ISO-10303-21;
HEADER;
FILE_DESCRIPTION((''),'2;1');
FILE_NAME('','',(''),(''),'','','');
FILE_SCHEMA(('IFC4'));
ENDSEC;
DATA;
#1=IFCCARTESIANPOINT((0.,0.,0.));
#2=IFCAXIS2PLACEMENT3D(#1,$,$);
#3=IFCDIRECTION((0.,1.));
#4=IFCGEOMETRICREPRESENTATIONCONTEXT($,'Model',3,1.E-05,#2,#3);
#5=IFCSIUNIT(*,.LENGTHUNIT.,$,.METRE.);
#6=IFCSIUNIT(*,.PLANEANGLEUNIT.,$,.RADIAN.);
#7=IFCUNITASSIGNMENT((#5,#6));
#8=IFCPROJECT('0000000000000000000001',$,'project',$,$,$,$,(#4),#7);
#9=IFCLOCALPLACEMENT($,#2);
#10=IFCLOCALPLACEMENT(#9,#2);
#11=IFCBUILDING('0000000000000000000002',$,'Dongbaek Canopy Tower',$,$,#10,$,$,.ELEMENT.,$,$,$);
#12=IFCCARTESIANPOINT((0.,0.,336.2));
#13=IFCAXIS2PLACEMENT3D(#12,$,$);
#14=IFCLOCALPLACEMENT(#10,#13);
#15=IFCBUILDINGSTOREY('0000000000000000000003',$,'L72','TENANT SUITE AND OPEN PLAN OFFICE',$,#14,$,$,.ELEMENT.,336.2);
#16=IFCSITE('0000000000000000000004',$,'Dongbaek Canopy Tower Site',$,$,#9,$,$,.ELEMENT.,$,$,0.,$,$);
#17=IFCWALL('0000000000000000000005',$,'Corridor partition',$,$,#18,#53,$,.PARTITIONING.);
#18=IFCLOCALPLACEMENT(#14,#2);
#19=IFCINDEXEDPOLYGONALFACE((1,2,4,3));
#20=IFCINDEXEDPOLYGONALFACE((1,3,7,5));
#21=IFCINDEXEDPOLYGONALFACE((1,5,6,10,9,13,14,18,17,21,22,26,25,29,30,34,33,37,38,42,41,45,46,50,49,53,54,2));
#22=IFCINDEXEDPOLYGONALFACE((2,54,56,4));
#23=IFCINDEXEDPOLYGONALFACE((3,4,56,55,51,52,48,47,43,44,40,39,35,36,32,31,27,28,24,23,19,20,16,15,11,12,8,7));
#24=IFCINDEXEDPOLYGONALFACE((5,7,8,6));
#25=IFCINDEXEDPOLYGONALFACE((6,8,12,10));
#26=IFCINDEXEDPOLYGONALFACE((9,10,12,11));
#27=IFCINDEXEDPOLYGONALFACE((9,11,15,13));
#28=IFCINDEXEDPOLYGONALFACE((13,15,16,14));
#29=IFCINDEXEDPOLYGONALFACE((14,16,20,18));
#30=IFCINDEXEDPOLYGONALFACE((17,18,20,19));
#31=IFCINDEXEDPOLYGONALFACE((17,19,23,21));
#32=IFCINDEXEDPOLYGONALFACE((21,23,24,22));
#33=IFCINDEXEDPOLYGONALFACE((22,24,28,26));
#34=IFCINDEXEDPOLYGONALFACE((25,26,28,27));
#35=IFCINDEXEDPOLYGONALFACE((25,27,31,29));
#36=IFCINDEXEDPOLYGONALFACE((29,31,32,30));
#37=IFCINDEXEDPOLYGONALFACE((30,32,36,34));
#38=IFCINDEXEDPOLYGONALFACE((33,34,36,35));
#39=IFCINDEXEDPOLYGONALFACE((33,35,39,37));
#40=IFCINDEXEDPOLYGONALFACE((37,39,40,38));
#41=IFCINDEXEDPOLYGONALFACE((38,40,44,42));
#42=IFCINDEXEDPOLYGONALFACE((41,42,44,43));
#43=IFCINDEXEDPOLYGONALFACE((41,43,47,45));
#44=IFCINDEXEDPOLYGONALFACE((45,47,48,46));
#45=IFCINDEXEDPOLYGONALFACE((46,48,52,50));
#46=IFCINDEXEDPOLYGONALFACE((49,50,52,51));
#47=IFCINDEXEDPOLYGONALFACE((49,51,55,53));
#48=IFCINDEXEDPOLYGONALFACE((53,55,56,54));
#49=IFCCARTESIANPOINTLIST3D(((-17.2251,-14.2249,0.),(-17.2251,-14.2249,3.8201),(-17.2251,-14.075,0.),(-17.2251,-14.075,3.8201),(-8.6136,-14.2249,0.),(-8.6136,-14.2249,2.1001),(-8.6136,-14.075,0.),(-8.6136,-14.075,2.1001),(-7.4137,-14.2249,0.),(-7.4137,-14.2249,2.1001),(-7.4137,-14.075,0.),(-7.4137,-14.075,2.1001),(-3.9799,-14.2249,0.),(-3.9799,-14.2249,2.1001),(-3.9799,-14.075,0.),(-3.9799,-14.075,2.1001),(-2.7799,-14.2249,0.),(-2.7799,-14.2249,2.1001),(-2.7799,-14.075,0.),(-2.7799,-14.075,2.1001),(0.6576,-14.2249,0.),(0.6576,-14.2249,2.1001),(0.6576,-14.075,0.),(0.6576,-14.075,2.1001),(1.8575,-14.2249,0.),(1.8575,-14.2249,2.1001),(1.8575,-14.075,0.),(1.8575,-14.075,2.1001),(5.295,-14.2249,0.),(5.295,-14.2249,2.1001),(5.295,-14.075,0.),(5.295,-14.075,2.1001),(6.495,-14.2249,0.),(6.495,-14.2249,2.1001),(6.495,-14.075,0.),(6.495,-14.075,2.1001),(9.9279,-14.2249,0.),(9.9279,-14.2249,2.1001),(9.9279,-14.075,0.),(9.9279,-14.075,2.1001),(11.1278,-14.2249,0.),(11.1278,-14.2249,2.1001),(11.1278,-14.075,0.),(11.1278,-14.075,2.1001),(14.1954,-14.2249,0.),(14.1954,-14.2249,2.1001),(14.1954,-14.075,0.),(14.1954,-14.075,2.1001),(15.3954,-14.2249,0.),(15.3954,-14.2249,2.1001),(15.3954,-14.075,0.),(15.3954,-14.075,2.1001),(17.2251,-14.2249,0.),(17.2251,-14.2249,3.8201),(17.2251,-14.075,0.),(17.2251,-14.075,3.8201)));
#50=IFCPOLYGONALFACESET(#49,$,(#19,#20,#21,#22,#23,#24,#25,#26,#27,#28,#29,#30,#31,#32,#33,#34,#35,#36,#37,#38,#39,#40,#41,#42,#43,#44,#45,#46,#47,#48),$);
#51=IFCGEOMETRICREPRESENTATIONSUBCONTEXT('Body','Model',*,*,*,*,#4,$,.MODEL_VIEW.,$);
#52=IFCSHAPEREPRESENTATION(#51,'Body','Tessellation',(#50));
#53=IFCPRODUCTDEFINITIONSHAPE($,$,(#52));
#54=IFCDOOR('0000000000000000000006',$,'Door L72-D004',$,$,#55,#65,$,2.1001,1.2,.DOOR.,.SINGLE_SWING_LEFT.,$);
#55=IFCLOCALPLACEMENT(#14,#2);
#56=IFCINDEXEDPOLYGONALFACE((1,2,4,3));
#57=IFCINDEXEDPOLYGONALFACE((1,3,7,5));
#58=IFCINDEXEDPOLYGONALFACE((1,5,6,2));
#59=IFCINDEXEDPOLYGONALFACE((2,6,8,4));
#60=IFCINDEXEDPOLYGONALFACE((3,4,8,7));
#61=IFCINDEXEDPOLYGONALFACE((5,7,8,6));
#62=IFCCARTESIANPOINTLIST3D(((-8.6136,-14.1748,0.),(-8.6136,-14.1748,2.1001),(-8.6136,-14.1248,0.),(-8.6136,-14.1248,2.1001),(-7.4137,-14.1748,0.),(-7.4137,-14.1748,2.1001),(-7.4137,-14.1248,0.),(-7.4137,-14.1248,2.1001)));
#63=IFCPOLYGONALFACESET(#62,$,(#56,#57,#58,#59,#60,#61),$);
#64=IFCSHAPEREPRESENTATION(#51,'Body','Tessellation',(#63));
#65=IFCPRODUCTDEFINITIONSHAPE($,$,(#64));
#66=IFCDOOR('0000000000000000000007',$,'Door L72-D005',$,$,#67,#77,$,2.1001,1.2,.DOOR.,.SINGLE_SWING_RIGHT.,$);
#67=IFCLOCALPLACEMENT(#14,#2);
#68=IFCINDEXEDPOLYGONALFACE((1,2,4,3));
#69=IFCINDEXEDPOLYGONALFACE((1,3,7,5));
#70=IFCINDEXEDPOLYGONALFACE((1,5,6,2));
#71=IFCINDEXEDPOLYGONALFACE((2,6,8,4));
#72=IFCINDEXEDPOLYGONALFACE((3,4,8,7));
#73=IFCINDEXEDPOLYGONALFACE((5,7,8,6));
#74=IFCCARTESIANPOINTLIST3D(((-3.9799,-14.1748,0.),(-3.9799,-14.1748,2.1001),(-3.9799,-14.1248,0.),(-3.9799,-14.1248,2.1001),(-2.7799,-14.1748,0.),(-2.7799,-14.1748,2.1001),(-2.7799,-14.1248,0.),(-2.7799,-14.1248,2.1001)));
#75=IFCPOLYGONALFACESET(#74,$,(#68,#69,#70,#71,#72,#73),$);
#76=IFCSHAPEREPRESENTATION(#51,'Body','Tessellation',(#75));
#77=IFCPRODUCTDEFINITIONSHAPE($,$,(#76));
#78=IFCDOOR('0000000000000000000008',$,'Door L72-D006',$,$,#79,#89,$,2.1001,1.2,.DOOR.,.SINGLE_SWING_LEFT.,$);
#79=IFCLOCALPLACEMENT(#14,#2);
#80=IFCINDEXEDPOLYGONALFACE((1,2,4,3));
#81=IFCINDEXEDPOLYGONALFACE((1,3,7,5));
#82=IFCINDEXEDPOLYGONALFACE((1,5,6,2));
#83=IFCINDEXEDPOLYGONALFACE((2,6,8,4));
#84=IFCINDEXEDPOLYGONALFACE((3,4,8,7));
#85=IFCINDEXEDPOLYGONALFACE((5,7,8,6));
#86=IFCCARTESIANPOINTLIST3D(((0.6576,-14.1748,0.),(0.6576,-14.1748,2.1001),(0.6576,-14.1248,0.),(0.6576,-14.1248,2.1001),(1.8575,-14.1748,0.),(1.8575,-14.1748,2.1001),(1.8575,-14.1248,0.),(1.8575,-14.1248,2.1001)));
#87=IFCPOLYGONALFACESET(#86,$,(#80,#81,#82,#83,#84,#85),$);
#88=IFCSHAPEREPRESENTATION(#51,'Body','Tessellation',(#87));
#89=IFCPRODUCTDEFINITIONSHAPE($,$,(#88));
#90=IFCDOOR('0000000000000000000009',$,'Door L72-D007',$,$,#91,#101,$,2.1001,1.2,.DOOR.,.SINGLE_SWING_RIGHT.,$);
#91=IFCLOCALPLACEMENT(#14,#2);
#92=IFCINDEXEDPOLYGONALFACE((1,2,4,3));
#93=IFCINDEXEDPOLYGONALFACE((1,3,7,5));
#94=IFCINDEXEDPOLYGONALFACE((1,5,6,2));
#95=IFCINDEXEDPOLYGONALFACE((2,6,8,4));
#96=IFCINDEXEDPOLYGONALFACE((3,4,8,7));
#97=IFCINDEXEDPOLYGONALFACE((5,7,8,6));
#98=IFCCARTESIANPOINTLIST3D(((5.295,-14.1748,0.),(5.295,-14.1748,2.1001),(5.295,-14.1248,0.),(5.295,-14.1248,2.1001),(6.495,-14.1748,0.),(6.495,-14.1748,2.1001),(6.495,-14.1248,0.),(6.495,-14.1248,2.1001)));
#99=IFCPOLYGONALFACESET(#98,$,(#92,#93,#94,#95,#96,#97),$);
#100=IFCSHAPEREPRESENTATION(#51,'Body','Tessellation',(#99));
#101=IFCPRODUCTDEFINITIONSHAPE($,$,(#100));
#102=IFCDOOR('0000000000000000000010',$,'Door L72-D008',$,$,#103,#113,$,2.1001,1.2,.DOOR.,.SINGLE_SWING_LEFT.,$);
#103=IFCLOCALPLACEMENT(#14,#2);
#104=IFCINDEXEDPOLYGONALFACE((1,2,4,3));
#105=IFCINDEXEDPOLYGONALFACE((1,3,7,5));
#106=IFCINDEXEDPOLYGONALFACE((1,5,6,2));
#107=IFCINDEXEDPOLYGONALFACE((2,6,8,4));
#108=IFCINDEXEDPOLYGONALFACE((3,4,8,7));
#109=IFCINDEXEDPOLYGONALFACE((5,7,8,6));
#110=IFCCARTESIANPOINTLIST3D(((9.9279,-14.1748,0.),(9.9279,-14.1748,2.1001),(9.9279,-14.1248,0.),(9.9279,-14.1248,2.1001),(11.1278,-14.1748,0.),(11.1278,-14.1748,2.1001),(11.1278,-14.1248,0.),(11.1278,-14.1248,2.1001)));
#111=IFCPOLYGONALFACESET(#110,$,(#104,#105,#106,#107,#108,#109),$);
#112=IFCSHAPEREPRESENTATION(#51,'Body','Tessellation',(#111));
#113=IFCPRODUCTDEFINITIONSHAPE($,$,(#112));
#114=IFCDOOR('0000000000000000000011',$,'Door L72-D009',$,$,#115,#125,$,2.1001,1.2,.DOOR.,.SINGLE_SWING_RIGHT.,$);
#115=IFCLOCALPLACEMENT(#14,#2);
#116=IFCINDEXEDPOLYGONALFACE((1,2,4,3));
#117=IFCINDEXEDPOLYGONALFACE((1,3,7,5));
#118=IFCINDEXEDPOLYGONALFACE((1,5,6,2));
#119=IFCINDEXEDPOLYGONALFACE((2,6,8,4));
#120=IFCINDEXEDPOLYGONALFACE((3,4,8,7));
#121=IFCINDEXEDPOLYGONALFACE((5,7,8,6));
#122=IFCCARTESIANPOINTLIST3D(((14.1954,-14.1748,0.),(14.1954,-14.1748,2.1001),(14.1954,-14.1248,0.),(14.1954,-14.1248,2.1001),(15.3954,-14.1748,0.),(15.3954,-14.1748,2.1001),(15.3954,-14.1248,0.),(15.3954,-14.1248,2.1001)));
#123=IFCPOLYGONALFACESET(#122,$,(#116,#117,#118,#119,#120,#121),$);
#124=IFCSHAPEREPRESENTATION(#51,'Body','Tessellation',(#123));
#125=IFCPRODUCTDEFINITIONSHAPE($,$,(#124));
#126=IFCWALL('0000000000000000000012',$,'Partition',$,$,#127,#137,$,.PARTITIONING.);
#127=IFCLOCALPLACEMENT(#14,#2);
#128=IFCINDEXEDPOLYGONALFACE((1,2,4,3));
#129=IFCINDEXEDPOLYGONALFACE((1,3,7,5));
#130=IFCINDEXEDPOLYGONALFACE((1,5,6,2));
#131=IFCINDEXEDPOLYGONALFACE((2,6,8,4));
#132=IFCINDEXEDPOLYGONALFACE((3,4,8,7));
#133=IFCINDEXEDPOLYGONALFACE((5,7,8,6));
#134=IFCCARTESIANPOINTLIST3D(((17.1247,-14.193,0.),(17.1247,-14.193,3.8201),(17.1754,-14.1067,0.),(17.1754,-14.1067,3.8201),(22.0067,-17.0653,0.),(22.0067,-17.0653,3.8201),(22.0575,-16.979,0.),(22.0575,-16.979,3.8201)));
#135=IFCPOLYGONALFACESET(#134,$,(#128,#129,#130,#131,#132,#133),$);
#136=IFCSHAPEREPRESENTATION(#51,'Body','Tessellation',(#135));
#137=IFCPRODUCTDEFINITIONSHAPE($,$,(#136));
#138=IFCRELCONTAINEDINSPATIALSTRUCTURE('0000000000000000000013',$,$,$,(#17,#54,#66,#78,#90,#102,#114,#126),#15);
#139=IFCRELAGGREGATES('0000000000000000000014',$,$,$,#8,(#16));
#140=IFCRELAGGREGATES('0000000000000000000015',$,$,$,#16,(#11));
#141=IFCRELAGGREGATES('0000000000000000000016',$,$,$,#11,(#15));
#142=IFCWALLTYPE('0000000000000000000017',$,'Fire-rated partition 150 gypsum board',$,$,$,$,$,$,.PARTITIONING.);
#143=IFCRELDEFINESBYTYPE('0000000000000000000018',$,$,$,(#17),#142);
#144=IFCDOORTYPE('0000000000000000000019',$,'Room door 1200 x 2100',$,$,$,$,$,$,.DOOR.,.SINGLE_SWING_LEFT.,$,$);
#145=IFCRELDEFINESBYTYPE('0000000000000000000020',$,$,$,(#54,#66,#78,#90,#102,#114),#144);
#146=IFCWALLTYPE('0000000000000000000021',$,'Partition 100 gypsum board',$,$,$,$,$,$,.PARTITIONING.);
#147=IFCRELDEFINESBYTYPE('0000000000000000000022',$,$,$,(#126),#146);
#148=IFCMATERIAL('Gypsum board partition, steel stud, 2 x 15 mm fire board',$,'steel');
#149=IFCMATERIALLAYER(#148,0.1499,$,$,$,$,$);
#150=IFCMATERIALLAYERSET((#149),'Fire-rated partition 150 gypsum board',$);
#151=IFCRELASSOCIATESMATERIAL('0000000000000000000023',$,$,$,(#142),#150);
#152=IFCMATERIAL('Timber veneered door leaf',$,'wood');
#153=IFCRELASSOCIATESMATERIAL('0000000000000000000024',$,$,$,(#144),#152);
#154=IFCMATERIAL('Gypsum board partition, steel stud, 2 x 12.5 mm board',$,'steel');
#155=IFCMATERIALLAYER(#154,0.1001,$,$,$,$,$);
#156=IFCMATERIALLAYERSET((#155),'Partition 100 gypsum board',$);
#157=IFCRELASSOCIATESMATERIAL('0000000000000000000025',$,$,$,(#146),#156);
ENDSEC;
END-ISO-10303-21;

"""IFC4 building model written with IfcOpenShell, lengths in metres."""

from ifc_helpers import new_model, si_unit, direction, frame, frame_2d, origin, place, context, subcontext, project, spatial, rectangle, extrude, material, layer, layer_set, type_object, element, fill, save


model = new_model("IFC4")

# Units and contexts
model_context = context("Model", 3, precision=1e-05, world=origin(), true_north=direction((0.0, 1.0)))
body_context = subcontext(model_context, "Body", "Model", "MODEL_VIEW")
ifc_project = project(units=[si_unit("LENGTHUNIT", "METRE"), si_unit("PLANEANGLEUNIT", "RADIAN")], contexts=[model_context])

# Site, building, storey
site_placement = place(None, origin())
site = spatial("IfcSite", under=ifc_project, at=site_placement, Name="Dongbaek Canopy Tower Site", CompositionType="ELEMENT", RefElevation=0.0)
building_placement = place(site_placement, origin())
building = spatial("IfcBuilding", under=site, at=building_placement, Name="Dongbaek Canopy Tower", CompositionType="ELEMENT")
storey_placement = place(building_placement, frame((0.0, 0.0, 336.2)))
storey = spatial("IfcBuildingStorey", under=building, at=storey_placement, Name="L72", Description="TENANT SUITE AND OPEN PLAN OFFICE", CompositionType="ELEMENT", Elevation=336.2)

# Wall, openings, doors
ifc_material_1 = material(Name="Gypsum board partition, steel stud, 2 x 15 mm fire board", Category="steel")
ifc_layer_1 = layer(ifc_material_1, 0.1499)
ifc_layer_set_1 = layer_set([ifc_layer_1], Name="Fire-rated partition 150 gypsum board")
wall_type_1 = type_object("IfcWallType", Name="Fire-rated partition 150 gypsum board", PredefinedType="PARTITIONING", material=ifc_layer_set_1)
wall_1_placement = place(storey_placement, frame((17.2251, -14.1499, 0.0), z_axis=(0.0, 0.0, 1.0), x_axis=(-1.0, 0.0, 0.0)))
wall_1 = element("IfcWall", 1, at=wall_1_placement, inside=storey, type_object=wall_type_1, Name="Corridor partition", PredefinedType="PARTITIONING", context=body_context, shape_type="SweptSolid", body=[
    extrude(rectangle(XDim=34.4502, YDim=0.1499, at=frame_2d((17.2251, 0.0))), origin(), (0.0, 0.0, 1.0), 3.8201),
])
opening_1_placement = place(wall_1_placement, frame((24.6387, 0.0, 0.0)))
opening_1 = element("IfcOpeningElement", 2, at=opening_1_placement, cuts=wall_1, PredefinedType="OPENING", context=body_context, shape_type="SweptSolid", body=[
    extrude(rectangle(XDim=1.2, YDim=2.1001, at=frame_2d((0.6001, 1.05))), frame((0.0, 0.085, 0.0), z_axis=(0.0, -1.0, 0.0), x_axis=(1.0, 0.0, 0.0)), (0.0, 0.0, 1.0), 0.1699),
])
opening_2_placement = place(wall_1_placement, frame((20.0049, 0.0, 0.0)))
opening_2 = element("IfcOpeningElement", 3, at=opening_2_placement, cuts=wall_1, PredefinedType="OPENING", context=body_context, shape_type="SweptSolid", body=[
    extrude(rectangle(XDim=1.2, YDim=2.1001, at=frame_2d((0.6001, 1.05))), frame((0.0, 0.085, 0.0), z_axis=(0.0, -1.0, 0.0), x_axis=(1.0, 0.0, 0.0)), (0.0, 0.0, 1.0), 0.1699),
])
opening_3_placement = place(wall_1_placement, frame((15.3674, 0.0, 0.0)))
opening_3 = element("IfcOpeningElement", 4, at=opening_3_placement, cuts=wall_1, PredefinedType="OPENING", context=body_context, shape_type="SweptSolid", body=[
    extrude(rectangle(XDim=1.2, YDim=2.1001, at=frame_2d((0.6001, 1.05))), frame((0.0, 0.085, 0.0), z_axis=(0.0, -1.0, 0.0), x_axis=(1.0, 0.0, 0.0)), (0.0, 0.0, 1.0), 0.1699),
])
opening_4_placement = place(wall_1_placement, frame((10.73, 0.0, 0.0)))
opening_4 = element("IfcOpeningElement", 5, at=opening_4_placement, cuts=wall_1, PredefinedType="OPENING", context=body_context, shape_type="SweptSolid", body=[
    extrude(rectangle(XDim=1.2, YDim=2.1001, at=frame_2d((0.6001, 1.05))), frame((0.0, 0.085, 0.0), z_axis=(0.0, -1.0, 0.0), x_axis=(1.0, 0.0, 0.0)), (0.0, 0.0, 1.0), 0.1699),
])
opening_5_placement = place(wall_1_placement, frame((6.0972, 0.0, 0.0)))
opening_5 = element("IfcOpeningElement", 6, at=opening_5_placement, cuts=wall_1, PredefinedType="OPENING", context=body_context, shape_type="SweptSolid", body=[
    extrude(rectangle(XDim=1.2, YDim=2.1001, at=frame_2d((0.6001, 1.05))), frame((0.0, 0.085, 0.0), z_axis=(0.0, -1.0, 0.0), x_axis=(1.0, 0.0, 0.0)), (0.0, 0.0, 1.0), 0.1699),
])
opening_6_placement = place(wall_1_placement, frame((1.8296, 0.0, 0.0)))
opening_6 = element("IfcOpeningElement", 7, at=opening_6_placement, cuts=wall_1, PredefinedType="OPENING", context=body_context, shape_type="SweptSolid", body=[
    extrude(rectangle(XDim=1.2, YDim=2.1001, at=frame_2d((0.6001, 1.05))), frame((0.0, 0.085, 0.0), z_axis=(0.0, -1.0, 0.0), x_axis=(1.0, 0.0, 0.0)), (0.0, 0.0, 1.0), 0.1699),
])
ifc_material_2 = material(Name="Timber veneered door leaf", Category="wood")
door_type = type_object("IfcDoorType", Name="Room door 1200 x 2100", OperationType="SINGLE_SWING_LEFT", PredefinedType="DOOR", material=ifc_material_2)
door_1_placement = place(opening_1_placement, origin())
door_1 = element("IfcDoor", 8, at=door_1_placement, inside=storey, type_object=door_type, Name="Door L72-D004", OperationType="SINGLE_SWING_LEFT", OverallHeight=2.1001, OverallWidth=1.2, PredefinedType="DOOR", context=body_context, shape_type="SweptSolid", body=[
    extrude(rectangle(XDim=1.2, YDim=2.1001, at=frame_2d((0.6001, 1.05))), frame((0.0, 0.0249, 0.0), z_axis=(0.0, -1.0, 0.0), x_axis=(1.0, 0.0, 0.0)), (0.0, 0.0, 1.0), 0.05),
])
fill(opening_1, door_1)
door_2_placement = place(opening_2_placement, origin())
door_2 = element("IfcDoor", 9, at=door_2_placement, inside=storey, type_object=door_type, Name="Door L72-D005", OperationType="SINGLE_SWING_RIGHT", OverallHeight=2.1001, OverallWidth=1.2, PredefinedType="DOOR", context=body_context, shape_type="SweptSolid", body=[
    extrude(rectangle(XDim=1.2, YDim=2.1001, at=frame_2d((0.6001, 1.05))), frame((0.0, 0.0249, 0.0), z_axis=(0.0, -1.0, 0.0), x_axis=(1.0, 0.0, 0.0)), (0.0, 0.0, 1.0), 0.05),
])
fill(opening_2, door_2)
door_3_placement = place(opening_3_placement, origin())
door_3 = element("IfcDoor", 10, at=door_3_placement, inside=storey, type_object=door_type, Name="Door L72-D006", OperationType="SINGLE_SWING_LEFT", OverallHeight=2.1001, OverallWidth=1.2, PredefinedType="DOOR", context=body_context, shape_type="SweptSolid", body=[
    extrude(rectangle(XDim=1.2, YDim=2.1001, at=frame_2d((0.6001, 1.05))), frame((0.0, 0.0249, 0.0), z_axis=(0.0, -1.0, 0.0), x_axis=(1.0, 0.0, 0.0)), (0.0, 0.0, 1.0), 0.05),
])
fill(opening_3, door_3)
door_4_placement = place(opening_4_placement, origin())
door_4 = element("IfcDoor", 11, at=door_4_placement, inside=storey, type_object=door_type, Name="Door L72-D007", OperationType="SINGLE_SWING_RIGHT", OverallHeight=2.1001, OverallWidth=1.2, PredefinedType="DOOR", context=body_context, shape_type="SweptSolid", body=[
    extrude(rectangle(XDim=1.2, YDim=2.1001, at=frame_2d((0.6001, 1.05))), frame((0.0, 0.0249, 0.0), z_axis=(0.0, -1.0, 0.0), x_axis=(1.0, 0.0, 0.0)), (0.0, 0.0, 1.0), 0.05),
])
fill(opening_4, door_4)
door_5_placement = place(opening_5_placement, origin())
door_5 = element("IfcDoor", 12, at=door_5_placement, inside=storey, type_object=door_type, Name="Door L72-D008", OperationType="SINGLE_SWING_LEFT", OverallHeight=2.1001, OverallWidth=1.2, PredefinedType="DOOR", context=body_context, shape_type="SweptSolid", body=[
    extrude(rectangle(XDim=1.2, YDim=2.1001, at=frame_2d((0.6001, 1.05))), frame((0.0, 0.0249, 0.0), z_axis=(0.0, -1.0, 0.0), x_axis=(1.0, 0.0, 0.0)), (0.0, 0.0, 1.0), 0.05),
])
fill(opening_5, door_5)
door_6_placement = place(opening_6_placement, origin())
door_6 = element("IfcDoor", 13, at=door_6_placement, inside=storey, type_object=door_type, Name="Door L72-D009", OperationType="SINGLE_SWING_RIGHT", OverallHeight=2.1001, OverallWidth=1.2, PredefinedType="DOOR", context=body_context, shape_type="SweptSolid", body=[
    extrude(rectangle(XDim=1.2, YDim=2.1001, at=frame_2d((0.6001, 1.05))), frame((0.0, 0.0249, 0.0), z_axis=(0.0, -1.0, 0.0), x_axis=(1.0, 0.0, 0.0)), (0.0, 0.0, 1.0), 0.05),
])
fill(opening_6, door_6)

# Wall
ifc_material_3 = material(Name="Gypsum board partition, steel stud, 2 x 12.5 mm board", Category="steel")
ifc_layer_2 = layer(ifc_material_3, 0.1001)
ifc_layer_set_2 = layer_set([ifc_layer_2], Name="Partition 100 gypsum board")
wall_type_2 = type_object("IfcWallType", Name="Partition 100 gypsum board", PredefinedType="PARTITIONING", material=ifc_layer_set_2)
wall_2_placement = place(storey_placement, frame((17.1501, -14.1499, 0.0), z_axis=(0.0, 0.0, 1.0), x_axis=(0.861895, -0.507086, 0.0)))
element("IfcWall", 14, at=wall_2_placement, inside=storey, type_object=wall_type_2, Name="Partition", PredefinedType="PARTITIONING", context=body_context, shape_type="SweptSolid", body=[
    extrude(rectangle(XDim=5.6643, YDim=0.1001, at=frame_2d((2.832, 0.0))), origin(), (0.0, 0.0, 1.0), 3.8201),
])

save(model, "model.ifc")
